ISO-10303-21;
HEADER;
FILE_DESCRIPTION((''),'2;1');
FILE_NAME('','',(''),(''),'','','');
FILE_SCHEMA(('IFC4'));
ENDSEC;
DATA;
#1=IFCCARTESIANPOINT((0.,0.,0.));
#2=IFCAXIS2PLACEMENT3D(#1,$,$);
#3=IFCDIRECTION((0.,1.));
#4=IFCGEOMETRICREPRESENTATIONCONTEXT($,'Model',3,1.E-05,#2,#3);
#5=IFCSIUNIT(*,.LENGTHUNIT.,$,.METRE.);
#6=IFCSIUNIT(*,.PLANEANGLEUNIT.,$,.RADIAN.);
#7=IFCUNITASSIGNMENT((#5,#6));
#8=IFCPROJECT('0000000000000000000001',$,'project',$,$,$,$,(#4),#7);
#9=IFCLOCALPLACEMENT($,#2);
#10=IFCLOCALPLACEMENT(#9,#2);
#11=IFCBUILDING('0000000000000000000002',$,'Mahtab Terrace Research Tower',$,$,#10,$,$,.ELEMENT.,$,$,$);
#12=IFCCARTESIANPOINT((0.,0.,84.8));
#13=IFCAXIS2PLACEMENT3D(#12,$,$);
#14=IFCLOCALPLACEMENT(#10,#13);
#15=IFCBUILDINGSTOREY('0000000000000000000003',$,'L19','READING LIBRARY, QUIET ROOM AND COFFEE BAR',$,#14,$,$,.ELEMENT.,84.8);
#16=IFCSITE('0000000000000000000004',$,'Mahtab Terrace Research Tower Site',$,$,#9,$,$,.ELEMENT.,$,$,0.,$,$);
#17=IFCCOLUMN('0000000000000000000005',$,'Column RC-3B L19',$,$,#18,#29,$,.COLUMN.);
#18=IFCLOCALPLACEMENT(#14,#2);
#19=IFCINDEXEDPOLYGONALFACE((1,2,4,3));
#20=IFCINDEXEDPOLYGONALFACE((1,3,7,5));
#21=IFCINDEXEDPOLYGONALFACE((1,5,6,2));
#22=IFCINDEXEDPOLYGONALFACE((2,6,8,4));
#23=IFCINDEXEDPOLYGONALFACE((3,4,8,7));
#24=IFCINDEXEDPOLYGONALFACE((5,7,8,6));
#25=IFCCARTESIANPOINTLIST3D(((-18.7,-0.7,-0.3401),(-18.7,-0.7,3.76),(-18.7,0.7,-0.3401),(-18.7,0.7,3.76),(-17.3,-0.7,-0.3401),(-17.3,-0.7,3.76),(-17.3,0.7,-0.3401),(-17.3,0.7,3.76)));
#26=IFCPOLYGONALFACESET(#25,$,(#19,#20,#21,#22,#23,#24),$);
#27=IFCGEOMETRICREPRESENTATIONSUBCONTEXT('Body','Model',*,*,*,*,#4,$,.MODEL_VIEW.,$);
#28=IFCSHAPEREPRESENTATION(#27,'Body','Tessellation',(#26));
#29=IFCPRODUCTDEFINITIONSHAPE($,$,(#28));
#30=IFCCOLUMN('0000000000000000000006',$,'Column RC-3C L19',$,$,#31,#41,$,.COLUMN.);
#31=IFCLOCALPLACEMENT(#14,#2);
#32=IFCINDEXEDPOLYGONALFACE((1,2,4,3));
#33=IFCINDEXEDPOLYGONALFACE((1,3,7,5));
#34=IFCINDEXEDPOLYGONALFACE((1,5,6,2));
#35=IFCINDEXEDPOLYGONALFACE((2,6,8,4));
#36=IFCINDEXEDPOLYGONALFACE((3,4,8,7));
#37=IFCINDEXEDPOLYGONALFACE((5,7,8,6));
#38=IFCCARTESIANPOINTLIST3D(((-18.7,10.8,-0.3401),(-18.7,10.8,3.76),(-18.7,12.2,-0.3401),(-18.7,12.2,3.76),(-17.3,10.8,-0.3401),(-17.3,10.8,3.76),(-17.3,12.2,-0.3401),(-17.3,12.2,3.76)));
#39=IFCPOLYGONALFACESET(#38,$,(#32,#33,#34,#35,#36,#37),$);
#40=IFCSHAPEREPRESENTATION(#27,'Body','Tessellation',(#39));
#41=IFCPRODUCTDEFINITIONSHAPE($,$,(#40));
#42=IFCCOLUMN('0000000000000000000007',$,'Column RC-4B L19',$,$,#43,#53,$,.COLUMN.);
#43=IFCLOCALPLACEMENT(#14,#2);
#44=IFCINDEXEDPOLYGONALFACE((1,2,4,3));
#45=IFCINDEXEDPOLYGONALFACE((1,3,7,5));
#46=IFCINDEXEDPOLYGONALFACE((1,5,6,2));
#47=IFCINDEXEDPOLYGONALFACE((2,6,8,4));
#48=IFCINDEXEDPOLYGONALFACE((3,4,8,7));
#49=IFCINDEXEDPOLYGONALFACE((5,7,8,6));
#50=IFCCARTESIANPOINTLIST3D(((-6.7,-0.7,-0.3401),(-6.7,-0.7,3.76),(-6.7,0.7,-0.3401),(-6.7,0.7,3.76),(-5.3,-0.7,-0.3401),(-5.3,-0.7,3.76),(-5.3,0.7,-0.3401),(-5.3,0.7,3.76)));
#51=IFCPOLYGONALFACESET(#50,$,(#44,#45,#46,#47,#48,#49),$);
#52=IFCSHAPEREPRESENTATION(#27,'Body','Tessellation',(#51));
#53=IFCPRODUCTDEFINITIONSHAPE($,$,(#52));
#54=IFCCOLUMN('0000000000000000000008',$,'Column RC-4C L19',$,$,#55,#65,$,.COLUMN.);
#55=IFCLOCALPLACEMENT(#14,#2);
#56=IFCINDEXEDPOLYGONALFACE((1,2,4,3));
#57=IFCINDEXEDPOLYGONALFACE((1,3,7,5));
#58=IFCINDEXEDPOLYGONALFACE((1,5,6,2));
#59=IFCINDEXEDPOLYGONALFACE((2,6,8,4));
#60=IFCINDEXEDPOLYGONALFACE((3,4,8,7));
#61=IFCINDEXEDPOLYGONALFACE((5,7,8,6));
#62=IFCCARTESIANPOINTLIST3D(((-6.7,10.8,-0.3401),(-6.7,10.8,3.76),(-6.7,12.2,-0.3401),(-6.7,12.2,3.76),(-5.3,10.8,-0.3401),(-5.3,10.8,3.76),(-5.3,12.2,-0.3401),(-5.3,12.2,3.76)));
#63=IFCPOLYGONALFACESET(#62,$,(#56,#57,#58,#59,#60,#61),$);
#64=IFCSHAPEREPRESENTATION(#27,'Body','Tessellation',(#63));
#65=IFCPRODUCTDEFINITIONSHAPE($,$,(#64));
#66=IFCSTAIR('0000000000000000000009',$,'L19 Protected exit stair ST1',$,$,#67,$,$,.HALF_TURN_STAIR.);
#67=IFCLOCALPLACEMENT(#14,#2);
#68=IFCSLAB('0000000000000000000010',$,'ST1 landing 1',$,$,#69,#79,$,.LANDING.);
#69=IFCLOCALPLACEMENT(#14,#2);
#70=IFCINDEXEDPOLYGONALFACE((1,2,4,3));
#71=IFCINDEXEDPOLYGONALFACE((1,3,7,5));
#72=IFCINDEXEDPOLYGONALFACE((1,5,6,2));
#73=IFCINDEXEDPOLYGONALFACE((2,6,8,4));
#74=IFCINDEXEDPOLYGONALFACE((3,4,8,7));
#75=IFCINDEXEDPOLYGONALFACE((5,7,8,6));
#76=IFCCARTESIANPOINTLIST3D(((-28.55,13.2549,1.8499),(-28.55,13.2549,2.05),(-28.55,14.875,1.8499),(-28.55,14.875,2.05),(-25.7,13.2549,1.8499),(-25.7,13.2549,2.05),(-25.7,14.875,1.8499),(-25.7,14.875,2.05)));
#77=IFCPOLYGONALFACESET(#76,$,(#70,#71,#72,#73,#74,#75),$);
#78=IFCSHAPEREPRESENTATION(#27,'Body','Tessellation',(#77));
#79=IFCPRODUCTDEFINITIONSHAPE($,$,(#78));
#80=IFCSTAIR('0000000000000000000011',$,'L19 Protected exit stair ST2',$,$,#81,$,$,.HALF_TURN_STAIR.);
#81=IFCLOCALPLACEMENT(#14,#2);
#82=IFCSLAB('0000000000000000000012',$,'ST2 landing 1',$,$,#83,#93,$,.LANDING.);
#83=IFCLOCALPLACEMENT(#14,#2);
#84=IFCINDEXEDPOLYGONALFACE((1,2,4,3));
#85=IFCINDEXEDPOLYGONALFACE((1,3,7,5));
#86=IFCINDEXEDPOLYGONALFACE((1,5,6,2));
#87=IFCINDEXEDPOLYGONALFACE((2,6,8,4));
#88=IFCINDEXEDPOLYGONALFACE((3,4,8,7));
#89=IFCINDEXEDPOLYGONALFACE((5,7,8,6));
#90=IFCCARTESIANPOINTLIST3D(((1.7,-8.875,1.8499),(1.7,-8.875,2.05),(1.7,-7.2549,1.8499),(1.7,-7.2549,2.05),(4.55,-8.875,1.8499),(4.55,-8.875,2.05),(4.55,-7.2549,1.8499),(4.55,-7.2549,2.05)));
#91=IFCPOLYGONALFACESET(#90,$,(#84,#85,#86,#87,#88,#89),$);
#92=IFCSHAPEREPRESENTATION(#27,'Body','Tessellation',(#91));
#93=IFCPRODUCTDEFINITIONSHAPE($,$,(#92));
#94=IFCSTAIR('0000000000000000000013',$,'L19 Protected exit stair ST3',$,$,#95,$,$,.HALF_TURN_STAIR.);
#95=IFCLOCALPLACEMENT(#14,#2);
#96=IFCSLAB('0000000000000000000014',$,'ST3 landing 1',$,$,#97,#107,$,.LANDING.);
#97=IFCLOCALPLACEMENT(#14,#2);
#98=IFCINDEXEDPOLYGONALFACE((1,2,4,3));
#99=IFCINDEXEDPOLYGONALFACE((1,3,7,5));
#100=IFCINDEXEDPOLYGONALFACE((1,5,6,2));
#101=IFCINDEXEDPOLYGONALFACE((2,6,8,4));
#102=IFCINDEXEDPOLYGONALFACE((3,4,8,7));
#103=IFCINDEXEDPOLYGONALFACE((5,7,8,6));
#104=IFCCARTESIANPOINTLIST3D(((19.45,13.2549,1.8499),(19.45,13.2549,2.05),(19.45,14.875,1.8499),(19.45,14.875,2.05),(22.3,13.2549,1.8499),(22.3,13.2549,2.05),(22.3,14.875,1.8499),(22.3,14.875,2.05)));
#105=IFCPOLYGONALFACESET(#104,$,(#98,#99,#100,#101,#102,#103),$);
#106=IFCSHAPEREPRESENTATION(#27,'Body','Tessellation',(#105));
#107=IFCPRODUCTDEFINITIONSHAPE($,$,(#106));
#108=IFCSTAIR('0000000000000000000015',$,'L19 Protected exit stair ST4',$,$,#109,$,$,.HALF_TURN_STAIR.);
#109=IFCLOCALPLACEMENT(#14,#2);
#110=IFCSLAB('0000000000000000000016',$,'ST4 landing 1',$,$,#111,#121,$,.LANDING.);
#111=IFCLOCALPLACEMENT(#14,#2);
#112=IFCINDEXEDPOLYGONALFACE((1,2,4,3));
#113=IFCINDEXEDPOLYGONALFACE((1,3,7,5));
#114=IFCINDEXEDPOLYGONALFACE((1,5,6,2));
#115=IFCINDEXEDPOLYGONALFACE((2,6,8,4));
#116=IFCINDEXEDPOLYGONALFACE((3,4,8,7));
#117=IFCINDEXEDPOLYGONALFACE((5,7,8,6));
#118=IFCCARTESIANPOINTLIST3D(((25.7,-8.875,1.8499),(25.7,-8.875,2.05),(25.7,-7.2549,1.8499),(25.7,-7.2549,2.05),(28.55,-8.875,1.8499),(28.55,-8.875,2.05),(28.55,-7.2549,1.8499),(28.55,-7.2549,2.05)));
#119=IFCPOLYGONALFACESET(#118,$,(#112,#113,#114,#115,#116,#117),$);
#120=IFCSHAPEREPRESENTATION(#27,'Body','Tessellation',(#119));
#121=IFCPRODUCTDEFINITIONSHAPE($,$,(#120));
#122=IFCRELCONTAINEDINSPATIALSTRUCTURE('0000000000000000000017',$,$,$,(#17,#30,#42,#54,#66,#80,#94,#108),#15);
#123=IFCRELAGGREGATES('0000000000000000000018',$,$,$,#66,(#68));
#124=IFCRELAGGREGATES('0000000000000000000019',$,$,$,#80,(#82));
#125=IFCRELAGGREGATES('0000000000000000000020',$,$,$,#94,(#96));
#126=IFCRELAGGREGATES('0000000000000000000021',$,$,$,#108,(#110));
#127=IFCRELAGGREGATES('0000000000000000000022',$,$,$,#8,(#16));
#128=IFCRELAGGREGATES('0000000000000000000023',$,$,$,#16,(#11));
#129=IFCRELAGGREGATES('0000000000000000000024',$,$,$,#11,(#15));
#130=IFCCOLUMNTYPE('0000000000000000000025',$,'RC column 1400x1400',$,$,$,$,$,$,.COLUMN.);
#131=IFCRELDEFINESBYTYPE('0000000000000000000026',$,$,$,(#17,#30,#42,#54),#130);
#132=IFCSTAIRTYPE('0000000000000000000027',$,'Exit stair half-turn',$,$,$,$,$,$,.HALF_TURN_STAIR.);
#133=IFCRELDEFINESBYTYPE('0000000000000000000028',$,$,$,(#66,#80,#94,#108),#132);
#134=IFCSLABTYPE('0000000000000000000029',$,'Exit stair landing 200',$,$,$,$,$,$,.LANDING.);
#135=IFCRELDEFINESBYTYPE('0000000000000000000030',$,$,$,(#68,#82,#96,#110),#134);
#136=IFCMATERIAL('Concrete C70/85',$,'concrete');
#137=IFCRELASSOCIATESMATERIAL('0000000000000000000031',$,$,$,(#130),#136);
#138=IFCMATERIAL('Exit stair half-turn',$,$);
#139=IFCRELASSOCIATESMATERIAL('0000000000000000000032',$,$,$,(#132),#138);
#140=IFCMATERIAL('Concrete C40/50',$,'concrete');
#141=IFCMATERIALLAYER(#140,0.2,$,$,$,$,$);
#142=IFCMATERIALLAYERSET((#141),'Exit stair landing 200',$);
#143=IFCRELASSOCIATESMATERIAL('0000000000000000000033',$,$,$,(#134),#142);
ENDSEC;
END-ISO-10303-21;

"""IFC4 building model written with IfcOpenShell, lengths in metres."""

from ifc_helpers import new_model, si_unit, direction, frame, origin, origin_2d, place, context, subcontext, project, spatial, polyline, rectangle, outline, extrude, material, layer, layer_set, material_profile, profile_set, type_object, element, aggregate, save


model = new_model("IFC4")

# Units and contexts
model_context = context("Model", 3, precision=1e-05, world=origin(), true_north=direction((0.0, 1.0)))
body_context = subcontext(model_context, "Body", "Model", "MODEL_VIEW")
ifc_project = project(units=[si_unit("LENGTHUNIT", "METRE"), si_unit("PLANEANGLEUNIT", "RADIAN")], contexts=[model_context])

# Site, building, storey
site_placement = place(None, origin())
site = spatial("IfcSite", under=ifc_project, at=site_placement, Name="Mahtab Terrace Research Tower Site", CompositionType="ELEMENT", RefElevation=0.0)
building_placement = place(site_placement, origin())
building = spatial("IfcBuilding", under=site, at=building_placement, Name="Mahtab Terrace Research Tower", CompositionType="ELEMENT")
storey_placement = place(building_placement, frame((0.0, 0.0, 84.8)))
storey = spatial("IfcBuildingStorey", under=building, at=storey_placement, Name="L19", Description="READING LIBRARY, QUIET ROOM AND COFFEE BAR", CompositionType="ELEMENT", Elevation=84.8)

# Columns
ifc_material_1 = material(Name="Concrete C70/85", Category="concrete")
ifc_material_profile = material_profile(ifc_material_1, rectangle(XDim=1.3999, YDim=1.3999, at=origin_2d()), Name="RC column 1400x1400")
ifc_profile_set = profile_set([ifc_material_profile], Name="Concrete C70/85")
column_type = type_object("IfcColumnType", Name="RC column 1400x1400", PredefinedType="COLUMN", material=ifc_profile_set)
for number, where, z_axis, x_axis, name in (
    (1, (-18.0, 0.0, -0.3401), (0.0, 0.0, 1.0), (1.0, 0.0, 0.0), "Column RC-3B L19"),
    (2, (-18.0, 11.5, -0.3401), (0.0, 0.0, 1.0), (1.0, 0.0, 0.0), "Column RC-3C L19"),
    (3, (-6.0, 0.0, -0.3401), (0.0, 0.0, 1.0), (1.0, 0.0, 0.0), "Column RC-4B L19"),
    (4, (-6.0, 11.5, -0.3401), (0.0, 0.0, 1.0), (1.0, 0.0, 0.0), "Column RC-4C L19"),
):
    element("IfcColumn", number, at=place(storey_placement, frame(where, z_axis=z_axis, x_axis=x_axis)), inside=storey, type_object=column_type, Name=name, PredefinedType="COLUMN", context=body_context, shape_type="SweptSolid", body=[
        extrude(rectangle(XDim=1.3999, YDim=1.3999, at=origin_2d()), origin(), (0.0, 0.0, 1.0), 4.1001),
    ])

# Stairs, slabs
ifc_material_2 = material(Name="Exit stair half-turn")
stair_type = type_object("IfcStairType", Name="Exit stair half-turn", PredefinedType="HALF_TURN_STAIR", material=ifc_material_2)
stair_1_placement = place(storey_placement, origin())
stair_1 = element("IfcStair", 5, at=stair_1_placement, inside=storey, type_object=stair_type, Name="L19 Protected exit stair ST1", PredefinedType="HALF_TURN_STAIR")
ifc_material_3 = material(Name="Concrete C40/50", Category="concrete")
ifc_layer_1 = layer(ifc_material_3, 0.2)
ifc_layer_set_1 = layer_set([ifc_layer_1], Name="Exit stair landing 200")
slab_type_1 = type_object("IfcSlabType", Name="Exit stair landing 200", PredefinedType="LANDING", material=ifc_layer_set_1)
slab_1_placement = place(storey_placement, frame((0.0, 0.0, 1.8499)))
slab_1 = element("IfcSlab", 6, at=slab_1_placement, type_object=slab_type_1, Name="ST1 landing 1", PredefinedType="LANDING", context=body_context, shape_type="SweptSolid", body=[
    extrude(outline(polyline([(-25.7, 13.2549), (-25.7, 14.875), (-28.55, 14.875), (-28.55, 13.2549), (-25.7, 13.2549)])), origin(), (0.0, 0.0, 1.0), 0.2002),
])
aggregate(stair_1, [slab_1])
stair_2_placement = place(storey_placement, origin())
stair_2 = element("IfcStair", 7, at=stair_2_placement, inside=storey, type_object=stair_type, Name="L19 Protected exit stair ST2", PredefinedType="HALF_TURN_STAIR")
slab_2_placement = place(storey_placement, frame((0.0, 0.0, 1.8499)))
slab_2 = element("IfcSlab", 8, at=slab_2_placement, type_object=slab_type_1, Name="ST2 landing 1", PredefinedType="LANDING", context=body_context, shape_type="SweptSolid", body=[
    extrude(outline(polyline([(1.7, -7.2549), (1.7, -8.875), (4.55, -8.875), (4.55, -7.2549), (1.7, -7.2549)])), origin(), (0.0, 0.0, 1.0), 0.2002),
])
aggregate(stair_2, [slab_2])
stair_3_placement = place(storey_placement, origin())
stair_3 = element("IfcStair", 9, at=stair_3_placement, inside=storey, type_object=stair_type, Name="L19 Protected exit stair ST3", PredefinedType="HALF_TURN_STAIR")
slab_3_placement = place(storey_placement, frame((0.0, 0.0, 1.8499)))
slab_3 = element("IfcSlab", 10, at=slab_3_placement, type_object=slab_type_1, Name="ST3 landing 1", PredefinedType="LANDING", context=body_context, shape_type="SweptSolid", body=[
    extrude(outline(polyline([(22.3, 13.2549), (22.3, 14.875), (19.45, 14.875), (19.45, 13.2549), (22.3, 13.2549)])), origin(), (0.0, 0.0, 1.0), 0.2002),
])
aggregate(stair_3, [slab_3])
stair_4_placement = place(storey_placement, origin())
stair_4 = element("IfcStair", 11, at=stair_4_placement, inside=storey, type_object=stair_type, Name="L19 Protected exit stair ST4", PredefinedType="HALF_TURN_STAIR")
slab_4_placement = place(storey_placement, frame((0.0, 0.0, 1.8499)))
slab_4 = element("IfcSlab", 12, at=slab_4_placement, type_object=slab_type_1, Name="ST4 landing 1", PredefinedType="LANDING", context=body_context, shape_type="SweptSolid", body=[
    extrude(outline(polyline([(25.7, -7.2549), (25.7, -8.875), (28.55, -8.875), (28.55, -7.2549), (25.7, -7.2549)])), origin(), (0.0, 0.0, 1.0), 0.2002),
])
aggregate(stair_4, [slab_4])

save(model, "model.ifc")
